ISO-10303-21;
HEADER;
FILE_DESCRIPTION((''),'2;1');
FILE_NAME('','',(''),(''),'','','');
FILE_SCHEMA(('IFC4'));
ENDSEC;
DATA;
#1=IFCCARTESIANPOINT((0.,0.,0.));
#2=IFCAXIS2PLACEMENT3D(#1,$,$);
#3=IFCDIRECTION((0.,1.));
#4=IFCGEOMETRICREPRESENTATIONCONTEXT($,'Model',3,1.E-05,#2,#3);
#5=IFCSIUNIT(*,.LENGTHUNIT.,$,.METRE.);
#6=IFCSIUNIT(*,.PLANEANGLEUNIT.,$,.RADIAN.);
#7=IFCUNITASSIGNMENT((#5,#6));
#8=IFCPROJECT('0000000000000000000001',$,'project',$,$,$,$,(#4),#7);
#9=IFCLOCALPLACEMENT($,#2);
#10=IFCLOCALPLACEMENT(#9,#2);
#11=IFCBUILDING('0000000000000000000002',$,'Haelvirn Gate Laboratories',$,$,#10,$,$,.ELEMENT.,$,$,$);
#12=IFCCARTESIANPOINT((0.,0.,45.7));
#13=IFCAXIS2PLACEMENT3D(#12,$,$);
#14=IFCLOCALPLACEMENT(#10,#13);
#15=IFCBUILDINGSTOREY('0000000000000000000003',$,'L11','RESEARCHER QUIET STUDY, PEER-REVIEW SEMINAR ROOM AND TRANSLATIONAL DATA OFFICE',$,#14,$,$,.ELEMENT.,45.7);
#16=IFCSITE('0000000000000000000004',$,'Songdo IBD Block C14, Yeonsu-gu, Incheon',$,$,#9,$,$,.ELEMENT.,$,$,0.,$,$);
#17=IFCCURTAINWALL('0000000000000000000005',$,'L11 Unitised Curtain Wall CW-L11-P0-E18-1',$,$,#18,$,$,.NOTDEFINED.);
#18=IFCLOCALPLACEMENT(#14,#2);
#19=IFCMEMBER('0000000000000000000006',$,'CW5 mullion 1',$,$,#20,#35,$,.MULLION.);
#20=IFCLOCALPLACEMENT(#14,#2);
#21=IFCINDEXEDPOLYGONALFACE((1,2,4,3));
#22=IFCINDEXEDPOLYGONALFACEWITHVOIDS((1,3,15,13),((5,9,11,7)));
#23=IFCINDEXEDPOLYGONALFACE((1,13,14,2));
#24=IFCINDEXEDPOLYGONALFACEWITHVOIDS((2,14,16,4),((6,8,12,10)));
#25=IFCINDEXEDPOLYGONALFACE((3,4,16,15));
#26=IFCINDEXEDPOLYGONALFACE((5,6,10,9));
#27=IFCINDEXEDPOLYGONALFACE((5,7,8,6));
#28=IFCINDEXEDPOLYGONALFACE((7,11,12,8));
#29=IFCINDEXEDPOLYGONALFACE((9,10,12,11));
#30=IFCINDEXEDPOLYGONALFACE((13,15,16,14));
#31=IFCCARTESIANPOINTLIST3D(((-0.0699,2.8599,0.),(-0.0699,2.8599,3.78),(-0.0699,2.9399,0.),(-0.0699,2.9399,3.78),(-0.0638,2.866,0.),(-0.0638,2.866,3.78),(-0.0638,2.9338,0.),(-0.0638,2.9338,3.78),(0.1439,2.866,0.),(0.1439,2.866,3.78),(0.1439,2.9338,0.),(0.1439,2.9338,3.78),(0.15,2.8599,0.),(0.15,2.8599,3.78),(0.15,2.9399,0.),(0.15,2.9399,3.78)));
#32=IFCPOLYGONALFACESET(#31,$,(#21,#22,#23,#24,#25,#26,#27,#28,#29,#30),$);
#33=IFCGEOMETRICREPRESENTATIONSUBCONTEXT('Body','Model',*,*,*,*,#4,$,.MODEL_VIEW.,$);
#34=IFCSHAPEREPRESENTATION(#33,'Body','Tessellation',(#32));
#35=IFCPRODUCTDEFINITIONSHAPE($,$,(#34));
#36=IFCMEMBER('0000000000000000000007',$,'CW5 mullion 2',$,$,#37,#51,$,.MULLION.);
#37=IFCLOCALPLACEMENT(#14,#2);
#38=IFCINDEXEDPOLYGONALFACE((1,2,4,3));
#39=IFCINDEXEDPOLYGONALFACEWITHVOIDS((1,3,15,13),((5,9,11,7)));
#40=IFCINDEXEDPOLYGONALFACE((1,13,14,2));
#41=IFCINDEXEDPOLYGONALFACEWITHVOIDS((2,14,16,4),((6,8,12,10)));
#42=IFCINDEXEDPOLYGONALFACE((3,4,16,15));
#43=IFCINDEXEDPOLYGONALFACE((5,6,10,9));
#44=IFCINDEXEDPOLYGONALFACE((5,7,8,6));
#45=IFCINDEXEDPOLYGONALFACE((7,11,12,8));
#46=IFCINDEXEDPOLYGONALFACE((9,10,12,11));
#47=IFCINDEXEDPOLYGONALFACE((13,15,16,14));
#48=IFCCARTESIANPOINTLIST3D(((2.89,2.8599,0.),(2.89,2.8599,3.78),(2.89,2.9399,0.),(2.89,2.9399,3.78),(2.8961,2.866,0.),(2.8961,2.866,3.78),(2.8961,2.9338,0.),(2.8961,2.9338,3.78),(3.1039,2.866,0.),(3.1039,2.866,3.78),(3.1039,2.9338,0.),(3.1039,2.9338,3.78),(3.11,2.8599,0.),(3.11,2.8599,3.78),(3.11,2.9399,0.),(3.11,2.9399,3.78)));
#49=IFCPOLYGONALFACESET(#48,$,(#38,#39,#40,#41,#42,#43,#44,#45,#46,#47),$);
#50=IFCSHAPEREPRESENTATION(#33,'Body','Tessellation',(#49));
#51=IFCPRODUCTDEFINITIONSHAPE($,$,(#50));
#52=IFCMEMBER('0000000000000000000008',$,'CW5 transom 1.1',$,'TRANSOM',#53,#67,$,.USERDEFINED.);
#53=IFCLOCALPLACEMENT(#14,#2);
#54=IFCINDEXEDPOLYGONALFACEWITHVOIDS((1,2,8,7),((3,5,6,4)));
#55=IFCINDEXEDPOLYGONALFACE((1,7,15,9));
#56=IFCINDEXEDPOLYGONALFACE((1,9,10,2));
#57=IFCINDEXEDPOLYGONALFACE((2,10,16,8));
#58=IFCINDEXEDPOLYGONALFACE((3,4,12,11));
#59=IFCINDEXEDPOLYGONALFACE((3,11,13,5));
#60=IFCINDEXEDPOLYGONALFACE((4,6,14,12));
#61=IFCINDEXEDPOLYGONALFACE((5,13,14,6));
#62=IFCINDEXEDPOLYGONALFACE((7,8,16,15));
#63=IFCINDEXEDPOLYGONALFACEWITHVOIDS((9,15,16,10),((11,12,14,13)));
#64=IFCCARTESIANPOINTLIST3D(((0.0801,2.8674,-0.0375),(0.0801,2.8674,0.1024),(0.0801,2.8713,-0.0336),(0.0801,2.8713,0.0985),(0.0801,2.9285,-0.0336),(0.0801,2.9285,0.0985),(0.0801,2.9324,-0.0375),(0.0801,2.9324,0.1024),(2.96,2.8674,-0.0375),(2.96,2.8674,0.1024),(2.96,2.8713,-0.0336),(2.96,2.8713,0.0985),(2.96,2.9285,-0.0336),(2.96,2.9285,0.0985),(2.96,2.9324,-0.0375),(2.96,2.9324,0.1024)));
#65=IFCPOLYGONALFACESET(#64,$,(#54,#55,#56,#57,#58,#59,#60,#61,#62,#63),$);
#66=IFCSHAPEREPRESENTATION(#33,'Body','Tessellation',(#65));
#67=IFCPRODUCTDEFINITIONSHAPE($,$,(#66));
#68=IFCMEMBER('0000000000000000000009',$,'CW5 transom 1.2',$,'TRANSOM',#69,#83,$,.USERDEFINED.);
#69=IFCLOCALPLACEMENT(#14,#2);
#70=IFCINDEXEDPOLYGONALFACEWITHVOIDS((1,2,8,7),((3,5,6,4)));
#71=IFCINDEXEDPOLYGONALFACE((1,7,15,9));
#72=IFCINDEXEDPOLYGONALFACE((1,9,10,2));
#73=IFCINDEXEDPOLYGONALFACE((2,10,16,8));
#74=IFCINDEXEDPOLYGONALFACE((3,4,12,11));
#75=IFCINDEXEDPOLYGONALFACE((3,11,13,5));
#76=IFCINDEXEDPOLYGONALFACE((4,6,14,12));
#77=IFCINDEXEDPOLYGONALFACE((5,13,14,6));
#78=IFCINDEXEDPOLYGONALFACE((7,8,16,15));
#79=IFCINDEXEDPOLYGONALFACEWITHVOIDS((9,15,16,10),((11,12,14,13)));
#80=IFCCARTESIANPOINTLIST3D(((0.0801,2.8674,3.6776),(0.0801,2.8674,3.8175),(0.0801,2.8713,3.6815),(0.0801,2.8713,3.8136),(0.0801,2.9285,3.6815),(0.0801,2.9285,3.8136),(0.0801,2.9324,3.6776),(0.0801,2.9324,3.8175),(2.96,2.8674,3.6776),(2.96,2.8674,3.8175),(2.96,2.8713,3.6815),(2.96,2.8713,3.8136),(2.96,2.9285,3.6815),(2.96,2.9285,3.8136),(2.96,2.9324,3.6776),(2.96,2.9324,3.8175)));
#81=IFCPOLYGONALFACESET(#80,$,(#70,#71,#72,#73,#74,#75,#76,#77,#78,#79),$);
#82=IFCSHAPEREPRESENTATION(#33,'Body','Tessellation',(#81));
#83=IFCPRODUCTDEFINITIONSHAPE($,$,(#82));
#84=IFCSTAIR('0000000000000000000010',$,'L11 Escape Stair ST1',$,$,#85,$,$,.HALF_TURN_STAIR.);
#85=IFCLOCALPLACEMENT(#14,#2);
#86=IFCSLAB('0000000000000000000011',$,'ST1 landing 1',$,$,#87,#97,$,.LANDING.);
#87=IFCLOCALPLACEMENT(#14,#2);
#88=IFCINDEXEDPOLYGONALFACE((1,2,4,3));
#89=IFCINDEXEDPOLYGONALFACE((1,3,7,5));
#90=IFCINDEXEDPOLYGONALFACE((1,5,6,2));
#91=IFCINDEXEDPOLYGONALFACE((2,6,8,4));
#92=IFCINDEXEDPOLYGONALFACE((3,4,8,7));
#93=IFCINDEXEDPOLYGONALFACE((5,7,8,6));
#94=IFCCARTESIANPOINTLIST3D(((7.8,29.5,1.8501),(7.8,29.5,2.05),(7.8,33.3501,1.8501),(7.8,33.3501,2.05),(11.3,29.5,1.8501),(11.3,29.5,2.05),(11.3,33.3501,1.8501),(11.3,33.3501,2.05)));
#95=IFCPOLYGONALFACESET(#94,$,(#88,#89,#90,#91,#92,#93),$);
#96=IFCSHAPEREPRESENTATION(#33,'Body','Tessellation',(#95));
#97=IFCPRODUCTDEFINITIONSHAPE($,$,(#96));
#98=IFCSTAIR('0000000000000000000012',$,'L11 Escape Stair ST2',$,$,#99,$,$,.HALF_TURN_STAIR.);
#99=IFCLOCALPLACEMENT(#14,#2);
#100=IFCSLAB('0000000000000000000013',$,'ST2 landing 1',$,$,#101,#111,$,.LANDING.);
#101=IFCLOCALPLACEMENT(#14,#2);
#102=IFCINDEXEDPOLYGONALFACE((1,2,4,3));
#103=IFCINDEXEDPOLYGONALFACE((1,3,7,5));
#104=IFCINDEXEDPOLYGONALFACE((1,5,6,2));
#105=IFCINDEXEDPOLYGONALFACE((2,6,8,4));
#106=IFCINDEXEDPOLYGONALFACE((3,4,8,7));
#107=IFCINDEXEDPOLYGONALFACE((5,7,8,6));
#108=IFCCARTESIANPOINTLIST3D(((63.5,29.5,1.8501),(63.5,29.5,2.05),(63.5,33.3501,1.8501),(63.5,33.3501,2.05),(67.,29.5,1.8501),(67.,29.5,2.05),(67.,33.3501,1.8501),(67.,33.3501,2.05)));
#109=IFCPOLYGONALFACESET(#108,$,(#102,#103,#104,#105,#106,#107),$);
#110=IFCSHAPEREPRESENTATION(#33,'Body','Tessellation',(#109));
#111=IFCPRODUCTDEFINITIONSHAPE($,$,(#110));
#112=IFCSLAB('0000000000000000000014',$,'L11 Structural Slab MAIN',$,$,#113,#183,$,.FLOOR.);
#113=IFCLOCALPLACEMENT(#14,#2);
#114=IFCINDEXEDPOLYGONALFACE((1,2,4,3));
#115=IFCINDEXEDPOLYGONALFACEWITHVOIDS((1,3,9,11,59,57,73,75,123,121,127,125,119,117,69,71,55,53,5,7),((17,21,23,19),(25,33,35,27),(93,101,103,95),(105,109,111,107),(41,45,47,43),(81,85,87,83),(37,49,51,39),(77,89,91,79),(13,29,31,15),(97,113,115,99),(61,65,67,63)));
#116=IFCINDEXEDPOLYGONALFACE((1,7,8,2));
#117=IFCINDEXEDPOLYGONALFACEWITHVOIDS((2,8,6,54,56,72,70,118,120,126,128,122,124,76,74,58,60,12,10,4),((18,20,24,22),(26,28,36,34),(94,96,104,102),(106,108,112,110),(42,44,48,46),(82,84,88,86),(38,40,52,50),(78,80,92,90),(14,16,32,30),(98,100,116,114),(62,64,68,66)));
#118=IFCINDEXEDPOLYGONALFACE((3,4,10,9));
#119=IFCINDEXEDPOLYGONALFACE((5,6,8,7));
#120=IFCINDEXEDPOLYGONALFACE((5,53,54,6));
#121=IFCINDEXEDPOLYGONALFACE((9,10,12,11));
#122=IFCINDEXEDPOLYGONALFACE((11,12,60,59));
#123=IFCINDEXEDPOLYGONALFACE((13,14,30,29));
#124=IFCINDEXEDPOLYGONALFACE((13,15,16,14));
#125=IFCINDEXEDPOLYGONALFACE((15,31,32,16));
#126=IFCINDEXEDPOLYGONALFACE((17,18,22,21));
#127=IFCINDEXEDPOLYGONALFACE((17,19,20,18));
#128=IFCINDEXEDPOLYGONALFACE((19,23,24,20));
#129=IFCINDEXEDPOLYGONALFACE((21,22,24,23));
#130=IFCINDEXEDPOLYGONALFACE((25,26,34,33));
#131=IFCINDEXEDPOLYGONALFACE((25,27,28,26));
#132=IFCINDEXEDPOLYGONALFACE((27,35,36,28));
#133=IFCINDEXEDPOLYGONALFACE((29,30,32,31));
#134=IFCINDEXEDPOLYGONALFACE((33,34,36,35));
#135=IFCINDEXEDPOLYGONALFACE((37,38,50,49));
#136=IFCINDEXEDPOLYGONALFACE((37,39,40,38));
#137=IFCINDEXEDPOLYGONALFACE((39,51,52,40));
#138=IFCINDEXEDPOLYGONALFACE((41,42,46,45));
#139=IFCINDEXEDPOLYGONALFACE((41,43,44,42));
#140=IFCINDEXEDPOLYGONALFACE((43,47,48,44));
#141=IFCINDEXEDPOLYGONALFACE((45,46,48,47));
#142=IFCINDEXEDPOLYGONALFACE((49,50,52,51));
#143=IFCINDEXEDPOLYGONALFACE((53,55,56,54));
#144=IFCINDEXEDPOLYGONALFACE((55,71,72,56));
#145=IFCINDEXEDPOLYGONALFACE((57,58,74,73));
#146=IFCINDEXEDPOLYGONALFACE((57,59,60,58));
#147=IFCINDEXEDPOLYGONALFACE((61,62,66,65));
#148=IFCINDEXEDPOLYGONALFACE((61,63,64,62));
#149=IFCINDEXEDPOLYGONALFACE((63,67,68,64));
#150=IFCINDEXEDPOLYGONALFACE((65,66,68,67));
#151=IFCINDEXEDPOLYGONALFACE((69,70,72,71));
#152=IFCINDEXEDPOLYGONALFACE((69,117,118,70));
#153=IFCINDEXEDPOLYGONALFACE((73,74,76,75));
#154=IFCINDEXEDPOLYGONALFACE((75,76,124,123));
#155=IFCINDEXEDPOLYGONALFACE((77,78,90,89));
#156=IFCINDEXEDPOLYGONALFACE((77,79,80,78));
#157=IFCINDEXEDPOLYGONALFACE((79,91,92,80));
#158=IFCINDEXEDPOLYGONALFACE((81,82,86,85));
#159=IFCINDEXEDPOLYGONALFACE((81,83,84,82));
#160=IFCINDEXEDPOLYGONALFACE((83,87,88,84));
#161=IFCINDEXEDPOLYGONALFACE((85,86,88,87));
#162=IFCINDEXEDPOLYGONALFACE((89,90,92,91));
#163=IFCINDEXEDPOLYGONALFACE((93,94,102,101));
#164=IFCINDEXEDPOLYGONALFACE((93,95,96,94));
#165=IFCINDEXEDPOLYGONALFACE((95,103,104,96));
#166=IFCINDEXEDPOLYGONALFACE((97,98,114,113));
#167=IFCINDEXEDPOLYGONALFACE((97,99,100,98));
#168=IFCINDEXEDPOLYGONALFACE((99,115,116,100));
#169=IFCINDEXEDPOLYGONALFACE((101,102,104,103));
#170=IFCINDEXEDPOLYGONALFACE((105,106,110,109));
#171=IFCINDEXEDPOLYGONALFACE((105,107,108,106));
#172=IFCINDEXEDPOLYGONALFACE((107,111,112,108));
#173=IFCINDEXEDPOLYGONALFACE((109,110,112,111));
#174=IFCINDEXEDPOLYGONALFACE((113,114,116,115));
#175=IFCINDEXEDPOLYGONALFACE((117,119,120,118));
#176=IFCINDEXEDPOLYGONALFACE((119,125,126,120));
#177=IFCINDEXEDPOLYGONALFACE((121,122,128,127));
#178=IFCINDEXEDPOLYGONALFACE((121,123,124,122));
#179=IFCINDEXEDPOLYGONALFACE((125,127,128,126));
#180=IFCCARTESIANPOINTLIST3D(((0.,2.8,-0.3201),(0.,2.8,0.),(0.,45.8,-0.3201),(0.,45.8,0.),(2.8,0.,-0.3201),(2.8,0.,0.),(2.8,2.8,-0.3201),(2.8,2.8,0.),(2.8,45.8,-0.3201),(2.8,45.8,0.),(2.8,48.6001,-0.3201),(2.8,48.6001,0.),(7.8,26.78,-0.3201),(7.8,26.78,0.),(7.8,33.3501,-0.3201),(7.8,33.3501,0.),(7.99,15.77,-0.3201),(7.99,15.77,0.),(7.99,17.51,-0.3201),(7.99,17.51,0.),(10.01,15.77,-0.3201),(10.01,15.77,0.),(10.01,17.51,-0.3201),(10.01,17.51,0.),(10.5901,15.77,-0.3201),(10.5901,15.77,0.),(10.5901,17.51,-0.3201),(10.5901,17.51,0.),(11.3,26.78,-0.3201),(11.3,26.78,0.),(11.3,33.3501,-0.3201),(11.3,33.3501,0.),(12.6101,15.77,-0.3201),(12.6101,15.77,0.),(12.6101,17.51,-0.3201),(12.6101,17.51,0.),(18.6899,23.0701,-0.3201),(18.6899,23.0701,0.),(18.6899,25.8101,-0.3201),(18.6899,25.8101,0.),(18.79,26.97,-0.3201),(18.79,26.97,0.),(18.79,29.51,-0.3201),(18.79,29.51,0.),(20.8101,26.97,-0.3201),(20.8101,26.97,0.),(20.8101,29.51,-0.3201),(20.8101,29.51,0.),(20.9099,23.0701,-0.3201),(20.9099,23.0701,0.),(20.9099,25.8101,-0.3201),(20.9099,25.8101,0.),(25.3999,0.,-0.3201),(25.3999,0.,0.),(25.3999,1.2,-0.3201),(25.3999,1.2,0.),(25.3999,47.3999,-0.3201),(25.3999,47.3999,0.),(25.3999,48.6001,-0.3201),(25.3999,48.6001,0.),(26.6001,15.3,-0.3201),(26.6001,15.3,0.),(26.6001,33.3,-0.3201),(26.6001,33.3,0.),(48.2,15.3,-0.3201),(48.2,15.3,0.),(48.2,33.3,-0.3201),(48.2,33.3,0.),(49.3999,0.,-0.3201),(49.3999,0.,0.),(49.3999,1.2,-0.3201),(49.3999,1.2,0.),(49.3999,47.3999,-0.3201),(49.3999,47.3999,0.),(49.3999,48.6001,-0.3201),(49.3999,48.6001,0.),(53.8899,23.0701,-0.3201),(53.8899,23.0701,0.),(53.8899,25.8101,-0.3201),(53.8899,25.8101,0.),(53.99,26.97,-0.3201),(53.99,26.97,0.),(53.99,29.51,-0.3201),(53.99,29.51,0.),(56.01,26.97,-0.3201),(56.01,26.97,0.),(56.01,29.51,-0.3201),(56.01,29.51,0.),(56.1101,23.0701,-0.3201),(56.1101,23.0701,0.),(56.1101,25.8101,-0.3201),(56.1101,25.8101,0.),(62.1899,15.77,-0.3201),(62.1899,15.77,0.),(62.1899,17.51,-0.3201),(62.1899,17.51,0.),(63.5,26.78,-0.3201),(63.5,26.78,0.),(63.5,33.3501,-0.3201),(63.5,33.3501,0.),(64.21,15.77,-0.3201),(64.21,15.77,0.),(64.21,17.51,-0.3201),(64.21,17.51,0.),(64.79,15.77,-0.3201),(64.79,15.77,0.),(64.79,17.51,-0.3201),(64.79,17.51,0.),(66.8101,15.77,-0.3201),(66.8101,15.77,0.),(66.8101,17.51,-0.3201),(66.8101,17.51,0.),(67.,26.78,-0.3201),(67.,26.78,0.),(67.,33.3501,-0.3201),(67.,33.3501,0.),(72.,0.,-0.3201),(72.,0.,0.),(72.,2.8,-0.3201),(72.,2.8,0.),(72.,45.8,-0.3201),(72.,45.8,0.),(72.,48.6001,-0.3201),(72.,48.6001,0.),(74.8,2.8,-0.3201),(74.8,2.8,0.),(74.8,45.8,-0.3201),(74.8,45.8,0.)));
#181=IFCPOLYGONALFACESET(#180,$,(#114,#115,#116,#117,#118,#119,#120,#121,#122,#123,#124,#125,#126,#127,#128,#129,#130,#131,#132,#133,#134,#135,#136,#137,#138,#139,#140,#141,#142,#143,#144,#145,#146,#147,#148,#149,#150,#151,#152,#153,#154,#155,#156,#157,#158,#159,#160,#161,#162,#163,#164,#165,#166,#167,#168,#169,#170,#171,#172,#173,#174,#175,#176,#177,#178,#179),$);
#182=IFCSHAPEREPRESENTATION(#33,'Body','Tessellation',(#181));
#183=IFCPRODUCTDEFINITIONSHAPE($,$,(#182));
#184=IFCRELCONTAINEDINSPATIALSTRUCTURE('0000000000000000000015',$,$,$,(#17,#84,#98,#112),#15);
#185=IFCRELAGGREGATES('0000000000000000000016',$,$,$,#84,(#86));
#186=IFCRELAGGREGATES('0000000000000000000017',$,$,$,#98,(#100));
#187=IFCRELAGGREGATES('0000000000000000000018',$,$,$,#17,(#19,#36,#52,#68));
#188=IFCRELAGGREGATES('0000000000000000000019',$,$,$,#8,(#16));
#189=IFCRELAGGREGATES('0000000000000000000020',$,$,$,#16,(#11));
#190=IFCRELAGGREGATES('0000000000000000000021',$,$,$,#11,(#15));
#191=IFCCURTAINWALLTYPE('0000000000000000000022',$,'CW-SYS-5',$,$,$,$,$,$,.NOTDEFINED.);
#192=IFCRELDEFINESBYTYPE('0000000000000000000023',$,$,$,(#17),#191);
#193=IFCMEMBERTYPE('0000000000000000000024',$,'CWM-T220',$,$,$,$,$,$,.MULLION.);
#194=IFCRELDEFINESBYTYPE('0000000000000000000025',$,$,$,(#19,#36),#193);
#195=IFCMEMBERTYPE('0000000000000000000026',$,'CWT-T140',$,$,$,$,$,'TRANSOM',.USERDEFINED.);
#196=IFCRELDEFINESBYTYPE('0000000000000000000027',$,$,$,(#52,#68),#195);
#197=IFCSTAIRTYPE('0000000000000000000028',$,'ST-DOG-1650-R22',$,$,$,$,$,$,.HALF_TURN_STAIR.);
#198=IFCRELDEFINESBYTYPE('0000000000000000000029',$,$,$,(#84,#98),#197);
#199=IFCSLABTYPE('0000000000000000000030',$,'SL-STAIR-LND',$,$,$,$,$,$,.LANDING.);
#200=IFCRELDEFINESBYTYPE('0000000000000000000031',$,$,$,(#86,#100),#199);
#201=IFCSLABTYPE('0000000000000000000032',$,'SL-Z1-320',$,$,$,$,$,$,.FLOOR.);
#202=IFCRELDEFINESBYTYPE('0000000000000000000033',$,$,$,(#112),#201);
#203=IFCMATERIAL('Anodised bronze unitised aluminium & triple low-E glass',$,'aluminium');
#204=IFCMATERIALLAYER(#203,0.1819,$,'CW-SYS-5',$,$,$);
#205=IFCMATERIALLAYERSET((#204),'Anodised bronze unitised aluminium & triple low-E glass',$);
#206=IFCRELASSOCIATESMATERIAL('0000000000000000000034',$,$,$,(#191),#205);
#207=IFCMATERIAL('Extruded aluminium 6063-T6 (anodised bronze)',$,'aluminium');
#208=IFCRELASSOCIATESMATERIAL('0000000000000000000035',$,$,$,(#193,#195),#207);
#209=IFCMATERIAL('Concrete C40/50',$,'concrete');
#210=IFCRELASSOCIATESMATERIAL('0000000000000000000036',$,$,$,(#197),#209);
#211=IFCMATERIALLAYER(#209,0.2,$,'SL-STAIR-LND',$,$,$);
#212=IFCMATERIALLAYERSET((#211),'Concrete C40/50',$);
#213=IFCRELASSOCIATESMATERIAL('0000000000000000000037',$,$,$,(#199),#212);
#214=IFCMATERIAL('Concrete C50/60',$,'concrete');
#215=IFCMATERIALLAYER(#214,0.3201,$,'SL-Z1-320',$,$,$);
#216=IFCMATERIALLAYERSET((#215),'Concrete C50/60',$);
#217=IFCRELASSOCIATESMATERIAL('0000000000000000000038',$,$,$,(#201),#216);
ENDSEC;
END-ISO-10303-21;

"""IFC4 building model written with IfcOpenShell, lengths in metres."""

from ifc_helpers import new_model, si_unit, direction, frame, origin, origin_2d, place, context, subcontext, project, spatial, polyline, hollow_rectangle, outline, extrude, source, transform, mapped, material, layer, layer_set, material_profile, profile_set, type_object, type_shapes, element, aggregate, save


model = new_model("IFC4")

# Units and contexts
model_context = context("Model", 3, precision=1e-05, world=origin(), true_north=direction((0.0, 1.0)))
body_context = subcontext(model_context, "Body", "Model", "MODEL_VIEW")
ifc_project = project(units=[si_unit("LENGTHUNIT", "METRE"), si_unit("PLANEANGLEUNIT", "RADIAN")], contexts=[model_context])

# Site, building, storey
site_placement = place(None, origin())
site = spatial("IfcSite", under=ifc_project, at=site_placement, Name="Songdo IBD Block C14, Yeonsu-gu, Incheon", CompositionType="ELEMENT", RefElevation=0.0)
building_placement = place(site_placement, origin())
building = spatial("IfcBuilding", under=site, at=building_placement, Name="Haelvirn Gate Laboratories", CompositionType="ELEMENT")
storey_placement = place(building_placement, frame((0.0, 0.0, 45.7)))
storey = spatial("IfcBuildingStorey", under=building, at=storey_placement, Name="L11", Description="RESEARCHER QUIET STUDY, PEER-REVIEW SEMINAR ROOM AND TRANSLATIONAL DATA OFFICE", CompositionType="ELEMENT", Elevation=45.7)

# Shared definitions
ifc_material_1 = material(Name="Anodised bronze unitised aluminium & triple low-E glass", Category="aluminium")
ifc_material_2 = material(Name="Extruded aluminium 6063-T6 (anodised bronze)", Category="aluminium")

# Curtain wall, members
ifc_layer_1 = layer(ifc_material_1, 0.1819, Name="CW-SYS-5")
ifc_layer_set_1 = layer_set([ifc_layer_1], Name="Anodised bronze unitised aluminium & triple low-E glass")
curtain_wall_type_1 = type_object("IfcCurtainWallType", Name="CW-SYS-5", PredefinedType="NOTDEFINED", material=ifc_layer_set_1)
curtain_wall_1_placement = place(storey_placement, origin())
curtain_wall_1 = element("IfcCurtainWall", 1, at=curtain_wall_1_placement, inside=storey, type_object=curtain_wall_type_1, Name="L11 Unitised Curtain Wall CW-L11-P0-E18-1", PredefinedType="NOTDEFINED")
ifc_material_profile_1 = material_profile(ifc_material_2, hollow_rectangle(XDim=0.0801, YDim=0.22, WallThickness=0.0061, at=origin_2d()), Name="CWM-220x80x6")
ifc_profile_set_1 = profile_set([ifc_material_profile_1], Name="Extruded aluminium 6063-T6 (anodised bronze)")
member_type_1 = type_object("IfcMemberType", Name="CWM-T220", PredefinedType="MULLION", material=ifc_profile_set_1)
shared_shape_1 = source(origin(), body_context, "Body", "SweptSolid", [
    extrude(hollow_rectangle(XDim=0.0801, YDim=0.22, WallThickness=0.0061, at=origin_2d()), origin(), (0.0, 0.0, 1.0), 3.78),
])
type_shapes(member_type_1, [shared_shape_1])
member_1_placement = place(storey_placement, frame((0.04, 2.8999, 0.0), z_axis=(0.0, 0.0, 1.0), x_axis=(0.0, 1.0, 0.0)))
member_1 = element("IfcMember", 2, at=member_1_placement, type_object=member_type_1, Name="CW5 mullion 1", PredefinedType="MULLION", context=body_context, shape_type="MappedRepresentation", body=[
    mapped(shared_shape_1, transform((0.0, 0.0, 0.0), scale=1.0)),
])
member_2_placement = place(storey_placement, frame((3.0, 2.8999, 0.0), z_axis=(0.0, 0.0, 1.0), x_axis=(0.0, 1.0, 0.0)))
member_2 = element("IfcMember", 3, at=member_2_placement, type_object=member_type_1, Name="CW5 mullion 2", PredefinedType="MULLION", context=body_context, shape_type="MappedRepresentation", body=[
    mapped(shared_shape_1, transform((0.0, 0.0, 0.0), scale=1.0)),
])
ifc_material_profile_2 = material_profile(ifc_material_2, hollow_rectangle(XDim=0.0649, YDim=0.1399, WallThickness=0.0039, at=origin_2d()), Name="CWT-140x65x4")
ifc_profile_set_2 = profile_set([ifc_material_profile_2], Name="Extruded aluminium 6063-T6 (anodised bronze)")
member_type_2 = type_object("IfcMemberType", Name="CWT-T140", ElementType="TRANSOM", PredefinedType="USERDEFINED", material=ifc_profile_set_2)
shared_shape_2 = source(origin(), body_context, "Body", "SweptSolid", [
    extrude(hollow_rectangle(XDim=0.0649, YDim=0.1399, WallThickness=0.0039, at=origin_2d()), origin(), (0.0, 0.0, 1.0), 2.8799),
])
type_shapes(member_type_2, [shared_shape_2])
member_3_placement = place(storey_placement, frame((0.0801, 2.8999, 0.0325), z_axis=(1.0, 0.0, 0.0), x_axis=(0.0, 1.0, 0.0)))
member_3 = element("IfcMember", 4, at=member_3_placement, type_object=member_type_2, Name="CW5 transom 1.1", ObjectType="TRANSOM", PredefinedType="USERDEFINED", context=body_context, shape_type="MappedRepresentation", body=[
    mapped(shared_shape_2, transform((0.0, 0.0, 0.0), scale=1.0)),
])
member_4_placement = place(storey_placement, frame((0.0801, 2.8999, 3.7476), z_axis=(1.0, 0.0, 0.0), x_axis=(0.0, 1.0, 0.0)))
member_4 = element("IfcMember", 5, at=member_4_placement, type_object=member_type_2, Name="CW5 transom 1.2", ObjectType="TRANSOM", PredefinedType="USERDEFINED", context=body_context, shape_type="MappedRepresentation", body=[
    mapped(shared_shape_2, transform((0.0, 0.0, 0.0), scale=1.0)),
])

# Stairs, slabs
ifc_material_3 = material(Name="Concrete C40/50", Category="concrete")
stair_type = type_object("IfcStairType", Name="ST-DOG-1650-R22", PredefinedType="HALF_TURN_STAIR", material=ifc_material_3)
stair_1_placement = place(storey_placement, origin())
stair_1 = element("IfcStair", 6, at=stair_1_placement, inside=storey, type_object=stair_type, Name="L11 Escape Stair ST1", PredefinedType="HALF_TURN_STAIR")
ifc_layer_2 = layer(ifc_material_3, 0.2, Name="SL-STAIR-LND")
ifc_layer_set_2 = layer_set([ifc_layer_2], Name="Concrete C40/50")
slab_type_1 = type_object("IfcSlabType", Name="SL-STAIR-LND", PredefinedType="LANDING", material=ifc_layer_set_2)
slab_1_placement = place(storey_placement, frame((0.0, 0.0, 1.8501)))
slab_1 = element("IfcSlab", 7, at=slab_1_placement, type_object=slab_type_1, Name="ST1 landing 1", PredefinedType="LANDING", context=body_context, shape_type="SweptSolid", body=[
    extrude(outline(polyline([(11.3, 29.5), (11.3, 33.3501), (7.8, 33.3501), (7.8, 29.5), (11.3, 29.5)])), origin(), (0.0, 0.0, 1.0), 0.2),
])
aggregate(stair_1, [slab_1])
stair_2_placement = place(storey_placement, origin())
stair_2 = element("IfcStair", 8, at=stair_2_placement, inside=storey, type_object=stair_type, Name="L11 Escape Stair ST2", PredefinedType="HALF_TURN_STAIR")
slab_2_placement = place(storey_placement, frame((0.0, 0.0, 1.8501)))
slab_2 = element("IfcSlab", 9, at=slab_2_placement, type_object=slab_type_1, Name="ST2 landing 1", PredefinedType="LANDING", context=body_context, shape_type="SweptSolid", body=[
    extrude(outline(polyline([(67.0, 29.5), (67.0, 33.3501), (63.5, 33.3501), (63.5, 29.5), (67.0, 29.5)])), origin(), (0.0, 0.0, 1.0), 0.2),
])
aggregate(stair_2, [slab_2])

# Slab
ifc_material_4 = material(Name="Concrete C50/60", Category="concrete")
ifc_layer_3 = layer(ifc_material_4, 0.3201, Name="SL-Z1-320")
ifc_layer_set_3 = layer_set([ifc_layer_3], Name="Concrete C50/60")
slab_type_2 = type_object("IfcSlabType", Name="SL-Z1-320", PredefinedType="FLOOR", material=ifc_layer_set_3)
slab_3_placement = place(storey_placement, frame((0.0, 0.0, -0.3201)))
element("IfcSlab", 10, at=slab_3_placement, inside=storey, type_object=slab_type_2, Name="L11 Structural Slab MAIN", PredefinedType="FLOOR", context=body_context, shape_type="SweptSolid", body=[
    extrude(outline(polyline([(2.8, 0.0), (25.3999, 0.0), (25.3999, 1.2), (49.3999, 1.2), (49.3999, 0.0), (72.0, 0.0), (72.0, 2.8), (74.8, 2.8), (74.8, 45.8), (72.0, 45.8), (72.0, 48.6001), (49.3999, 48.6001), (49.3999, 47.3999), (25.3999, 47.3999), (25.3999, 48.6001), (2.8, 48.6001), (2.8, 45.8), (0.0, 45.8), (0.0, 2.8), (2.8, 2.8), (2.8, 0.0)]), holes=[polyline([(26.6001, 15.3), (48.2, 15.3), (48.2, 33.3), (26.6001, 33.3), (26.6001, 15.3)]), polyline([(11.3, 26.78), (11.3, 33.3501), (7.8, 33.3501), (7.8, 26.78), (11.3, 26.78)]), polyline([(67.0, 26.78), (67.0, 33.3501), (63.5, 33.3501), (63.5, 26.78), (67.0, 26.78)]), polyline([(7.99, 15.77), (10.01, 15.77), (10.01, 17.51), (7.99, 17.51), (7.99, 15.77)]), polyline([(10.5901, 15.77), (12.6101, 15.77), (12.6101, 17.51), (10.5901, 17.51), (10.5901, 15.77)]), polyline([(18.79, 26.97), (20.8101, 26.97), (20.8101, 29.51), (18.79, 29.51), (18.79, 26.97)]), polyline([(18.6899, 23.0701), (20.9099, 23.0701), (20.9099, 25.8101), (18.6899, 25.8101), (18.6899, 23.0701)]), polyline([(64.79, 15.77), (66.8101, 15.77), (66.8101, 17.51), (64.79, 17.51), (64.79, 15.77)]), polyline([(62.1899, 15.77), (64.21, 15.77), (64.21, 17.51), (62.1899, 17.51), (62.1899, 15.77)]), polyline([(53.99, 26.97), (56.01, 26.97), (56.01, 29.51), (53.99, 29.51), (53.99, 26.97)]), polyline([(53.8899, 23.0701), (56.1101, 23.0701), (56.1101, 25.8101), (53.8899, 25.8101), (53.8899, 23.0701)])]), origin(), (0.0, 0.0, 1.0), 0.3201),
])

aggregate(curtain_wall_1, [member_1, member_2, member_3, member_4])

save(model, "model.ifc")
